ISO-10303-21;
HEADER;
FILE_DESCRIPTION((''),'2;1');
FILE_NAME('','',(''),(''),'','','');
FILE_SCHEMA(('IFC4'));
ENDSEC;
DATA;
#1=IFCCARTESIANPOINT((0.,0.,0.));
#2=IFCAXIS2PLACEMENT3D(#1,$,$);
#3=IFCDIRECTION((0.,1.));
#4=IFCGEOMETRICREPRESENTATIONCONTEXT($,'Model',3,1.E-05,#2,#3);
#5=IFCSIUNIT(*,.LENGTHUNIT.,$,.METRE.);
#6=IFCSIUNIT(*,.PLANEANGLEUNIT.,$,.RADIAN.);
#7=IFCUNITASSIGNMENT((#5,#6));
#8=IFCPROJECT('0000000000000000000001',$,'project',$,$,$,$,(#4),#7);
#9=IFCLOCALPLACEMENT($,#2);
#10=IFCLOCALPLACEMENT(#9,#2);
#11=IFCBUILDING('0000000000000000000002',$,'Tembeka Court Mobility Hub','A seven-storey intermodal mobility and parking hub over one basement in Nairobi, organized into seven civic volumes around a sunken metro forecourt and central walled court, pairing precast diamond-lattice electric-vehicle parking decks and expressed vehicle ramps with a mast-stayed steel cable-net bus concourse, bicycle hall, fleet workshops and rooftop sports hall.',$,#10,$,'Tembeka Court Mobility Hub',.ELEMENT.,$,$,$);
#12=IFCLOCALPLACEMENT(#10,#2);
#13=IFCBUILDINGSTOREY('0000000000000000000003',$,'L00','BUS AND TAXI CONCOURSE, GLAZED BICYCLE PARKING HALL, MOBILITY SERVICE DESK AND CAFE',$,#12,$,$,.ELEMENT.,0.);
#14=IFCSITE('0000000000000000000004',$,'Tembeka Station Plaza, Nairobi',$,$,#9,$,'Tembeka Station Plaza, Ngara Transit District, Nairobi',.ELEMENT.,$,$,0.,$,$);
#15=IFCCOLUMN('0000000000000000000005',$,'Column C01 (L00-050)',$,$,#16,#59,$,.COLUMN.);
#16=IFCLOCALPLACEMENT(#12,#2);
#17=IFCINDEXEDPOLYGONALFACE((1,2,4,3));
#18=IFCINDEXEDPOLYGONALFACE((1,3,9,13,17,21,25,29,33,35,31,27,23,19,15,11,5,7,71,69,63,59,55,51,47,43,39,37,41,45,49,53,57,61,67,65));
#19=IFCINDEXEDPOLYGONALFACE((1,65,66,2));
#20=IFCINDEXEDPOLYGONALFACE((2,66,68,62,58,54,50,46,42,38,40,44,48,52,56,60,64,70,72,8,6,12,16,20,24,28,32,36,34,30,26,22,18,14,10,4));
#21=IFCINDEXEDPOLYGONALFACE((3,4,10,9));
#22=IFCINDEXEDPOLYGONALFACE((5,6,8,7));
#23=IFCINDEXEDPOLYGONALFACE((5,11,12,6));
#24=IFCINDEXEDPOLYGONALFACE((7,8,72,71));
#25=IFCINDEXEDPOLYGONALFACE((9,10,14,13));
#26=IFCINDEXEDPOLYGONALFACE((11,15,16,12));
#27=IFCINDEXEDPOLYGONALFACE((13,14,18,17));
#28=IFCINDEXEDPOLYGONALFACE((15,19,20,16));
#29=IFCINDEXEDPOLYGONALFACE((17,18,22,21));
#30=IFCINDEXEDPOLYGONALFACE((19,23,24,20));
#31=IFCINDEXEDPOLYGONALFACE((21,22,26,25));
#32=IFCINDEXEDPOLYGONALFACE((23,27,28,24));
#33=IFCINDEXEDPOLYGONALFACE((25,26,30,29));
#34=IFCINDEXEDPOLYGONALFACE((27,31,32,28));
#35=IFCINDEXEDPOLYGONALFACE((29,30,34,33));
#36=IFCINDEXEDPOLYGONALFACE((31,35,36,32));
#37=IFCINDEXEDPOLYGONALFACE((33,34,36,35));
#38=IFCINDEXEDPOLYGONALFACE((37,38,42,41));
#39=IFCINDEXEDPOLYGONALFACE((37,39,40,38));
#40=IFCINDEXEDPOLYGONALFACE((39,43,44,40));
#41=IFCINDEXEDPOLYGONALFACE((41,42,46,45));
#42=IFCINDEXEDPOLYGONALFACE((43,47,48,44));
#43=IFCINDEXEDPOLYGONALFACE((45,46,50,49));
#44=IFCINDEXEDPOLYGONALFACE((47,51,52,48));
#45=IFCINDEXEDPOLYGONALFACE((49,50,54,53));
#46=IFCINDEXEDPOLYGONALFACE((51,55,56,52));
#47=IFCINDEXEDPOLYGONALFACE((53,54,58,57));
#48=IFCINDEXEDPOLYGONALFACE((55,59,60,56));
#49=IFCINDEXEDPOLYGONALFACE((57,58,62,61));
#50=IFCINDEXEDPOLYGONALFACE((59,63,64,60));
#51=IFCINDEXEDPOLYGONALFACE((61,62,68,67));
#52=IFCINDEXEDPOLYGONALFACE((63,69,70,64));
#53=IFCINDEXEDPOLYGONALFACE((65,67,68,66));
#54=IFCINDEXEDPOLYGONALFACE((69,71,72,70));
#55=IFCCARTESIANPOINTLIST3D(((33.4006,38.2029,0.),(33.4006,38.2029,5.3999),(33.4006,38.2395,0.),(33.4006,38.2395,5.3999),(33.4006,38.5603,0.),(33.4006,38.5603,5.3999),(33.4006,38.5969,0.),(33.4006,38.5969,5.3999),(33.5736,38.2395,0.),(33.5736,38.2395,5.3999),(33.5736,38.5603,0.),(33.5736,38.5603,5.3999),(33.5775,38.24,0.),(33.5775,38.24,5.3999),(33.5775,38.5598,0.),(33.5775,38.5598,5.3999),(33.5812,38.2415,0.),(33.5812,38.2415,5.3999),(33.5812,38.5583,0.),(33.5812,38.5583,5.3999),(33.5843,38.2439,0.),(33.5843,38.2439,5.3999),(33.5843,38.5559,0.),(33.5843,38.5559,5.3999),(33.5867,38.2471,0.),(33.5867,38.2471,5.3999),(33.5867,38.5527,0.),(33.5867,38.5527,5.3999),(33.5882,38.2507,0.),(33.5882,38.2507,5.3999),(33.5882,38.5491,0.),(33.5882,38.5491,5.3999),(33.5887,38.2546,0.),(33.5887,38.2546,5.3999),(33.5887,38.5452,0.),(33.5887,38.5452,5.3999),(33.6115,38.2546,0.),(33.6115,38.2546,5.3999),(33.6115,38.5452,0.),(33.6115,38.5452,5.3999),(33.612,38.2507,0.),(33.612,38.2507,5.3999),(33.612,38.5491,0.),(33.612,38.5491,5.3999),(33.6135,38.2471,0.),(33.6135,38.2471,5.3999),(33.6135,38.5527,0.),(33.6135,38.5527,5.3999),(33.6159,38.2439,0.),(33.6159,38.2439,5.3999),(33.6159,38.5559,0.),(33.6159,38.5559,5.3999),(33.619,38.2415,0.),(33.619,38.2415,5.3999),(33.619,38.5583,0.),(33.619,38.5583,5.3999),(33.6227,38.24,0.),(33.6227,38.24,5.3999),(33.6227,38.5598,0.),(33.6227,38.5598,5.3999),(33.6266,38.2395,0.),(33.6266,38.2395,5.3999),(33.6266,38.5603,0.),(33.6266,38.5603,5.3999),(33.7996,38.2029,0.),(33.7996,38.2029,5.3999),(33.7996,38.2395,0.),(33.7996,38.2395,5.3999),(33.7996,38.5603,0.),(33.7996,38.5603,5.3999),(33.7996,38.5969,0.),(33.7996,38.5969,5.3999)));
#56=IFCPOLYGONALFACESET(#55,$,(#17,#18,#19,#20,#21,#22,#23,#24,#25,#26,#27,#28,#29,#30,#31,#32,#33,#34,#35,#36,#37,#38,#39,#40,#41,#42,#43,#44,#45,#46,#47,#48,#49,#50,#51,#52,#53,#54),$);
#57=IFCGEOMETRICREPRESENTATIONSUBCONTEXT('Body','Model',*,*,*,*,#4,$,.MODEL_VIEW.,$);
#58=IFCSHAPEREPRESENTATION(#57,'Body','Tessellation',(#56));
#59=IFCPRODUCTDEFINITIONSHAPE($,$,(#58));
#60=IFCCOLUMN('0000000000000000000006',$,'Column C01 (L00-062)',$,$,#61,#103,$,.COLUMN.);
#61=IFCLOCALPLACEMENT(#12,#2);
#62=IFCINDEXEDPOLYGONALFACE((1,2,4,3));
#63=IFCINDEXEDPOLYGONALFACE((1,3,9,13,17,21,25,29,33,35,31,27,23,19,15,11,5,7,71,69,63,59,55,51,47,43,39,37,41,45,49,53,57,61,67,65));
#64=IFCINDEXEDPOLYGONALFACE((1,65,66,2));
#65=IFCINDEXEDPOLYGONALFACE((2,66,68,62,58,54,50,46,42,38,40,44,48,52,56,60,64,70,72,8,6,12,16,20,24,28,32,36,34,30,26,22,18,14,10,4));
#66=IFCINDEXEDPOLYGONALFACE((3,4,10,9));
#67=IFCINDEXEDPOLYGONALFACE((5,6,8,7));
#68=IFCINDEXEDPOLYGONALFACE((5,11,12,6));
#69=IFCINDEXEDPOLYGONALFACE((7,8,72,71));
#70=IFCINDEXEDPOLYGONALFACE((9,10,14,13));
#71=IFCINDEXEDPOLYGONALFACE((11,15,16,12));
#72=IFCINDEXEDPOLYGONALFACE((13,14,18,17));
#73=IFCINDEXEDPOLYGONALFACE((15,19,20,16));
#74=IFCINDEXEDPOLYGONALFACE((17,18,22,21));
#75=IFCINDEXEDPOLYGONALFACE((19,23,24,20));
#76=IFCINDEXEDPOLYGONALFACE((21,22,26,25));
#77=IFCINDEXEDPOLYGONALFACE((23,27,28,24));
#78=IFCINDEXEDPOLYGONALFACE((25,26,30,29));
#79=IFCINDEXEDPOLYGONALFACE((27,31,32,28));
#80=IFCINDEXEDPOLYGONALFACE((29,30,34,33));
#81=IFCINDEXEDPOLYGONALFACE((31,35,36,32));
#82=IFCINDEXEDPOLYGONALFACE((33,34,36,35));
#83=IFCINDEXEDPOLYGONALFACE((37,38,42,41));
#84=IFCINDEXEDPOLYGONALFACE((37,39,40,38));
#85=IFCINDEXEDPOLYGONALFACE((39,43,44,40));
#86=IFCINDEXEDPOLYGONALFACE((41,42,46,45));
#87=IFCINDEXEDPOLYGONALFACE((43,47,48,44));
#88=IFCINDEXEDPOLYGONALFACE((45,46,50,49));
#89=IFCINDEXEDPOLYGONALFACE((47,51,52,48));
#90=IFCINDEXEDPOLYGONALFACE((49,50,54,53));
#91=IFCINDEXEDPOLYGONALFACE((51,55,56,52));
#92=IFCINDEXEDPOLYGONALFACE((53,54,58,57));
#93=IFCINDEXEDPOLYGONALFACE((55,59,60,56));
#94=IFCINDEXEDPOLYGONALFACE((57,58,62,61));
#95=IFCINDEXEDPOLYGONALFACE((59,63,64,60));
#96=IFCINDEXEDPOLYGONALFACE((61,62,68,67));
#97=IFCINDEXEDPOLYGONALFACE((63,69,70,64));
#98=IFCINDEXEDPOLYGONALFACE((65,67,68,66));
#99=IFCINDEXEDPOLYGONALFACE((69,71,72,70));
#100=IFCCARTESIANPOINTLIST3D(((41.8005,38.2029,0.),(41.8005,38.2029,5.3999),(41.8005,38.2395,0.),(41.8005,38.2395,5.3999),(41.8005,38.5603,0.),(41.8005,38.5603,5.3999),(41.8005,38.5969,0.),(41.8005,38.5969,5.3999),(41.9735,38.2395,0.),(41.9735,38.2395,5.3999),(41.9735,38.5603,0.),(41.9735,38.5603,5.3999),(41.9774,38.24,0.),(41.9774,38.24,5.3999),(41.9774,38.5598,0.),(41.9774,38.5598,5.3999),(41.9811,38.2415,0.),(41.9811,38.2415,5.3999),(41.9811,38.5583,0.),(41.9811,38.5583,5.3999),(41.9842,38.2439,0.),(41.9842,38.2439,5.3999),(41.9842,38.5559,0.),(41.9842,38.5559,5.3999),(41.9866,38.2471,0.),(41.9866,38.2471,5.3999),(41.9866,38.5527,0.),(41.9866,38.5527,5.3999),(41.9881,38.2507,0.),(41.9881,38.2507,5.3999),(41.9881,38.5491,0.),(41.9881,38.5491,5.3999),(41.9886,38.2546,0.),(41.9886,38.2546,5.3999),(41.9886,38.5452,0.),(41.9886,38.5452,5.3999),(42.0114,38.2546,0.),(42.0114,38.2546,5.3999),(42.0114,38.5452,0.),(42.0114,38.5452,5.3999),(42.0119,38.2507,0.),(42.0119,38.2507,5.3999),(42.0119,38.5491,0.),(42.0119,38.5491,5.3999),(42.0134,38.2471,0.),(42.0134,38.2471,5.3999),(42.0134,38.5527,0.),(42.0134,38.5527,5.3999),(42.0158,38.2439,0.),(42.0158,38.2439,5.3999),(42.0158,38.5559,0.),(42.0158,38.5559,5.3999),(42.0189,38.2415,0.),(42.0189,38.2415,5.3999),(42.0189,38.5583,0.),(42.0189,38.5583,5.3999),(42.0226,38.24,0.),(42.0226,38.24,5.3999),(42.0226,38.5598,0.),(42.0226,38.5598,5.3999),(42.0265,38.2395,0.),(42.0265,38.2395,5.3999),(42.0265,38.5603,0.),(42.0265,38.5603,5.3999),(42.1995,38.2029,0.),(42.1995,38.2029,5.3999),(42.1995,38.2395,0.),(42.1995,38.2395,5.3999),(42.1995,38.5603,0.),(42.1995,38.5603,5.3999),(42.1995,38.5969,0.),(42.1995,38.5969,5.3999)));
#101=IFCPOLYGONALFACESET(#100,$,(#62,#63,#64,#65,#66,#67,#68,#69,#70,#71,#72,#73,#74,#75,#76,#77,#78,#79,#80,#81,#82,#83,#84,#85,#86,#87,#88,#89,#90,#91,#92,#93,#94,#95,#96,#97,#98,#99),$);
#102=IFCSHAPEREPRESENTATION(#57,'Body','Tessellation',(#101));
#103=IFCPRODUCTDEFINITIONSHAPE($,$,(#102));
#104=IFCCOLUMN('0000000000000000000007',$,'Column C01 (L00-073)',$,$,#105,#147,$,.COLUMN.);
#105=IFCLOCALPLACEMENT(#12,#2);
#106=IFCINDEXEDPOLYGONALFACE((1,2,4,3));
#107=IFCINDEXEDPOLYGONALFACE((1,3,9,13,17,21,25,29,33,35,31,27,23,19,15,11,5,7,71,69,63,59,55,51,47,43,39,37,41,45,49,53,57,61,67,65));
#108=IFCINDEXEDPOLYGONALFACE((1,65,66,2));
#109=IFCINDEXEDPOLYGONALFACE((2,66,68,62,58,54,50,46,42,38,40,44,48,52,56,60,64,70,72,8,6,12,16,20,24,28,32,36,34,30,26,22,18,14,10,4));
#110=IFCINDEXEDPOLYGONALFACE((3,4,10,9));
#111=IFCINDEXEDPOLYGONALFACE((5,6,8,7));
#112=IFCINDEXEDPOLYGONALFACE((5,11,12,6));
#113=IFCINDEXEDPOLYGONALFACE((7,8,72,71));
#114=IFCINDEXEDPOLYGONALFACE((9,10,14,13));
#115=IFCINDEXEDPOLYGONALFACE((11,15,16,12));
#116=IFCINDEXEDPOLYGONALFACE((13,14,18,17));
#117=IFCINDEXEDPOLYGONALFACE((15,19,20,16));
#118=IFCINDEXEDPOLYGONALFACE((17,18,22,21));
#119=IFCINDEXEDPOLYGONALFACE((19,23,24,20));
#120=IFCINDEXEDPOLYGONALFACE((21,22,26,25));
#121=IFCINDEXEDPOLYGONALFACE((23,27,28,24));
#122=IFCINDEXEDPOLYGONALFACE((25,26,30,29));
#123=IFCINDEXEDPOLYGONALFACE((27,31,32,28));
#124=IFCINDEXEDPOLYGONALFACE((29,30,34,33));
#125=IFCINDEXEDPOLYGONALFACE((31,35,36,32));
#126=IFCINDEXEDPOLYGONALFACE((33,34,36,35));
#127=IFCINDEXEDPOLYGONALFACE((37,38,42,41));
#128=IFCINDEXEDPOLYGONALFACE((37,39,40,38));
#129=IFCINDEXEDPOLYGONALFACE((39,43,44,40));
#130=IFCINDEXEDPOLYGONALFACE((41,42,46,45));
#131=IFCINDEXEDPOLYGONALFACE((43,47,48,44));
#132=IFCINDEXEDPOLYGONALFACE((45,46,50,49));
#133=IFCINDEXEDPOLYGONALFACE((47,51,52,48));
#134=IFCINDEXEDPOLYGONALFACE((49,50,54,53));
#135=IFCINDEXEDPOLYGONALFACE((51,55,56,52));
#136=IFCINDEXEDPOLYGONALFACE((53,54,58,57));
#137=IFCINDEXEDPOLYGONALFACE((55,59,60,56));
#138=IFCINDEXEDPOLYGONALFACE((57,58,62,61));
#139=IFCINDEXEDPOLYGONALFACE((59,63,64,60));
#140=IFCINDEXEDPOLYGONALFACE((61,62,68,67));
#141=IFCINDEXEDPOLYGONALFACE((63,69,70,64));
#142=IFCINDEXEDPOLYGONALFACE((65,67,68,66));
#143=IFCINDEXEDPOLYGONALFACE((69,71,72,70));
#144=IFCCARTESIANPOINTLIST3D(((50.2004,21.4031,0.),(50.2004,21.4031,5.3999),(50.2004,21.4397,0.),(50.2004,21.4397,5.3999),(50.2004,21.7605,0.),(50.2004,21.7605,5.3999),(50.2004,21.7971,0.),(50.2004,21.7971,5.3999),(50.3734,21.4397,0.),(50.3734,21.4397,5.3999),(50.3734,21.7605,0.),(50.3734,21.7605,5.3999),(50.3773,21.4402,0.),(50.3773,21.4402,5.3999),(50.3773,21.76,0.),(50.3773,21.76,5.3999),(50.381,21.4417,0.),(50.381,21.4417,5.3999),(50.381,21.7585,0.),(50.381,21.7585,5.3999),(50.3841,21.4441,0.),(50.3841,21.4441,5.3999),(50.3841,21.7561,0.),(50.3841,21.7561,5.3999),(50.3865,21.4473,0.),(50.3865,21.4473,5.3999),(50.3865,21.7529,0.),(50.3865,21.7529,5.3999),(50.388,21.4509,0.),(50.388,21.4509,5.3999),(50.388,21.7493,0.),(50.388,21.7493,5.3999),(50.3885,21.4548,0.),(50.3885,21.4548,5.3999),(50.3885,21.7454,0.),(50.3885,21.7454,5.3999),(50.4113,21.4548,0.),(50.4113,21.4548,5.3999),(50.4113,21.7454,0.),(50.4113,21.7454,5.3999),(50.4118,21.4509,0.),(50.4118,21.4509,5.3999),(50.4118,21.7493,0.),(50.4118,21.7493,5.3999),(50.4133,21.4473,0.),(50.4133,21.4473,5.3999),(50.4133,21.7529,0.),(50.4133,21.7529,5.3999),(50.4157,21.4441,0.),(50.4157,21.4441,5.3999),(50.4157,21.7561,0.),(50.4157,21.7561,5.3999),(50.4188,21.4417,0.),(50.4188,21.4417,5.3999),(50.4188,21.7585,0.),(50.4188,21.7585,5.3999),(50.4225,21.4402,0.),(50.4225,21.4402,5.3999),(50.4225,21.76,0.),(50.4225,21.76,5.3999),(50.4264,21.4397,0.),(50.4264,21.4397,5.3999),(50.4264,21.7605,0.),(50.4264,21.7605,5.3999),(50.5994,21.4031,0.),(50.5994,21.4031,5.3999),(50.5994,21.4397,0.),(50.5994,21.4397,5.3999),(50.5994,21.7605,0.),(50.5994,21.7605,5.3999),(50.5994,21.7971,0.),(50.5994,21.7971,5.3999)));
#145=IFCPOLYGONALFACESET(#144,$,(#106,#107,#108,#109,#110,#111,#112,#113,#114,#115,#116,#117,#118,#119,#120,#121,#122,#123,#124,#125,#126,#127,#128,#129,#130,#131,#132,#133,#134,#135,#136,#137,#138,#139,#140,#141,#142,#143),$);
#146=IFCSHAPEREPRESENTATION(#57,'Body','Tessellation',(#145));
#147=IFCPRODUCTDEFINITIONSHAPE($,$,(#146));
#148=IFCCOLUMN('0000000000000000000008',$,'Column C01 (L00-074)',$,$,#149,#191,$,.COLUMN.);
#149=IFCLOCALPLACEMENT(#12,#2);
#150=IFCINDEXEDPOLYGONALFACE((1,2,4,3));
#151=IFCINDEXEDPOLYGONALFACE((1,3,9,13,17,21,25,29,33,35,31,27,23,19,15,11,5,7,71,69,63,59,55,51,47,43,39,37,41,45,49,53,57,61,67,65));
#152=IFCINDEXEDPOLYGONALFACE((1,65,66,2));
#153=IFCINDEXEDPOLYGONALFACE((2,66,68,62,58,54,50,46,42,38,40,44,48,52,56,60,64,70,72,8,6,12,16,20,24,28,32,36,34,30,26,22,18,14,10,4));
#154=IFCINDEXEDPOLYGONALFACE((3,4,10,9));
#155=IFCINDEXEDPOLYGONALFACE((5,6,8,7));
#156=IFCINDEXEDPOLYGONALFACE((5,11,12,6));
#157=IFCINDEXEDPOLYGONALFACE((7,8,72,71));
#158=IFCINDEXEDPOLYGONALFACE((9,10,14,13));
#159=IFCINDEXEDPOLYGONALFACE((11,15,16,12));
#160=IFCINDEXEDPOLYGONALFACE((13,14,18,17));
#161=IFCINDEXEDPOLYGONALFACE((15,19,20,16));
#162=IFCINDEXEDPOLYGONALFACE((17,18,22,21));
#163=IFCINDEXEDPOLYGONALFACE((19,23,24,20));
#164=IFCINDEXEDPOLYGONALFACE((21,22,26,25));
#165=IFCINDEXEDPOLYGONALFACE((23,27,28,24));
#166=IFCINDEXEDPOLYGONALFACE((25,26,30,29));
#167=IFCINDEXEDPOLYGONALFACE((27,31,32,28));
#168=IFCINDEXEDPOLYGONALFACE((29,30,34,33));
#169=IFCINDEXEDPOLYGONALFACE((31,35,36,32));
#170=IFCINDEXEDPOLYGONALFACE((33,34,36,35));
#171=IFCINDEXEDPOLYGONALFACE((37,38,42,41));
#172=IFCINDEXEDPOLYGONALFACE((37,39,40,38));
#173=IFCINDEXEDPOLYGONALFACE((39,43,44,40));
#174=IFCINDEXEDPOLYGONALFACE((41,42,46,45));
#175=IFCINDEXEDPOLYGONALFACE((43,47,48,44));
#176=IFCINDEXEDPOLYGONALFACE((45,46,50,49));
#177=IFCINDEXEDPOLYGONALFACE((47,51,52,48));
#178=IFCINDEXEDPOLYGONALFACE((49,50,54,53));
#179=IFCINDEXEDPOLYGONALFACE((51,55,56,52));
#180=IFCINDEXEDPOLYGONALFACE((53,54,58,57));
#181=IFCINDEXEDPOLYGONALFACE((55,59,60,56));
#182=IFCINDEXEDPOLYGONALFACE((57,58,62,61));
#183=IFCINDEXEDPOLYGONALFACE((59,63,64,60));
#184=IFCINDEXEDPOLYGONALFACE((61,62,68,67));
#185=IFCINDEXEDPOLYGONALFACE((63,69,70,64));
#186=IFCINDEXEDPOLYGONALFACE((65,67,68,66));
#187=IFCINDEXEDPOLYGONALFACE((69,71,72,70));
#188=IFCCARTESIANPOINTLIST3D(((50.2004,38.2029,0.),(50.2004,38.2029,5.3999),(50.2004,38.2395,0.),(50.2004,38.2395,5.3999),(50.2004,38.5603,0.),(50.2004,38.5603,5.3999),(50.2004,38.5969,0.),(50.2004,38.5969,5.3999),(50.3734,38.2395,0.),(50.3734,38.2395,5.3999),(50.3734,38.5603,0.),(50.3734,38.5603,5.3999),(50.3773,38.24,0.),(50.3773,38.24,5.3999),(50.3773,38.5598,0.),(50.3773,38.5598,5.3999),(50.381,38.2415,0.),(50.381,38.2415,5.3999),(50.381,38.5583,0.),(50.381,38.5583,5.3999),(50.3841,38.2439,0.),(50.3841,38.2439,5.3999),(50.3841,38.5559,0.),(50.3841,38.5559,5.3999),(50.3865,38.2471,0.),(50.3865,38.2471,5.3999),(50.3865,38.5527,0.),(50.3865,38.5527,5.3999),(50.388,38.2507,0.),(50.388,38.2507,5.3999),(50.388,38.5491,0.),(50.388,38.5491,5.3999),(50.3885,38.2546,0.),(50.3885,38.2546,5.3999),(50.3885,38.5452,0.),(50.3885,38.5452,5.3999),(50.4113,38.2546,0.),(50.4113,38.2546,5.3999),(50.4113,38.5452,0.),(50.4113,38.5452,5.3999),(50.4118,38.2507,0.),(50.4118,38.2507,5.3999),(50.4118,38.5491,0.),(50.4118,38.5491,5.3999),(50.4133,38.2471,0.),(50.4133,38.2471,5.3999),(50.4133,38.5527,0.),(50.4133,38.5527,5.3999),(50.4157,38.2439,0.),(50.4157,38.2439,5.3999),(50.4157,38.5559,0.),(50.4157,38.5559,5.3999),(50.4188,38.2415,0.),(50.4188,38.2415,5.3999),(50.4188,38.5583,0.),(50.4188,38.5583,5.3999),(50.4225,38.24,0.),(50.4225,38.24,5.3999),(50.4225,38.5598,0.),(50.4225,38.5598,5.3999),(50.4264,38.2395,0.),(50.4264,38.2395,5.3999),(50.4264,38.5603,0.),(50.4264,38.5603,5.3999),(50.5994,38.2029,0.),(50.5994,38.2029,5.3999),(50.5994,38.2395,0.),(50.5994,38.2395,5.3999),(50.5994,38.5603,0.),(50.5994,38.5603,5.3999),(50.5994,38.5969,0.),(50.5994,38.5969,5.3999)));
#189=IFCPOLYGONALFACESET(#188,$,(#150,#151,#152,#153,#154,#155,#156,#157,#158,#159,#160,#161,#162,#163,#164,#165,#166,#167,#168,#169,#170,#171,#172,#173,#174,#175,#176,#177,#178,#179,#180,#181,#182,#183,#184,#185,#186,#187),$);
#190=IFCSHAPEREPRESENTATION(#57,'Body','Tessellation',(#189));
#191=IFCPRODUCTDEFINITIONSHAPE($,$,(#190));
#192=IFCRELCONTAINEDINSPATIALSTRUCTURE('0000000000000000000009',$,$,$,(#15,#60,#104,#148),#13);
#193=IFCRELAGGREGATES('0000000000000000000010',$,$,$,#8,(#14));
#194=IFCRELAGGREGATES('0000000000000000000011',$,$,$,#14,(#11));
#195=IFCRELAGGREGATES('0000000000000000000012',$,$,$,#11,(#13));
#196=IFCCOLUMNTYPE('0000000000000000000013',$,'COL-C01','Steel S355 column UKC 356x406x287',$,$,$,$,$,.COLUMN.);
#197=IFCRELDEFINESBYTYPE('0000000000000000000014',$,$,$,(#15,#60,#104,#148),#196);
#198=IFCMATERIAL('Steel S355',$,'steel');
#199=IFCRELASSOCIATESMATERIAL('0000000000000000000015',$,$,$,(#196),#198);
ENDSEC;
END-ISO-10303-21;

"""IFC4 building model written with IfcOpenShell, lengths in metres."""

from ifc_helpers import new_model, si_unit, direction, frame, origin, origin_2d, place, context, subcontext, project, spatial, i_section, extrude, material, material_profile, profile_set, type_object, element, save


model = new_model("IFC4")

# Units and contexts
model_context = context("Model", 3, precision=1e-05, world=origin(), true_north=direction((0.0, 1.0)))
body_context = subcontext(model_context, "Body", "Model", "MODEL_VIEW")
ifc_project = project(units=[si_unit("LENGTHUNIT", "METRE"), si_unit("PLANEANGLEUNIT", "RADIAN")], contexts=[model_context])

# Site, building, storey
site_placement = place(None, origin())
site = spatial("IfcSite", under=ifc_project, at=site_placement, Name="Tembeka Station Plaza, Nairobi", LongName="Tembeka Station Plaza, Ngara Transit District, Nairobi", CompositionType="ELEMENT", RefElevation=0.0)
building_placement = place(site_placement, origin())
building = spatial("IfcBuilding", under=site, at=building_placement, Name="Tembeka Court Mobility Hub", Description="A seven-storey intermodal mobility and parking hub over one basement in Nairobi, organized into seven civic volumes around a sunken metro forecourt and central walled court, pairing precast diamond-lattice electric-vehicle parking decks and expressed vehicle ramps with a mast-stayed steel cable-net bus concourse, bicycle hall, fleet workshops and rooftop sports hall.", LongName="Tembeka Court Mobility Hub", CompositionType="ELEMENT")
storey_placement = place(building_placement, origin())
storey = spatial("IfcBuildingStorey", under=building, at=storey_placement, Name="L00", Description="BUS AND TAXI CONCOURSE, GLAZED BICYCLE PARKING HALL, MOBILITY SERVICE DESK AND CAFE", CompositionType="ELEMENT", Elevation=0.0)

# Columns
ifc_material_1 = material(Name="Steel S355", Category="steel")
ifc_material_profile_1 = material_profile(ifc_material_1, i_section(OverallWidth=0.3989, OverallDepth=0.394, WebThickness=0.0227, FlangeThickness=0.0366, FilletRadius=0.0151, at=origin_2d()), Name="UKC 356x406x287")
ifc_profile_set_1 = profile_set([ifc_material_profile_1], Name="Steel S355")
column_type = type_object("IfcColumnType", Name="COL-C01", Description="Steel S355 column UKC 356x406x287", PredefinedType="COLUMN", material=ifc_profile_set_1)
for number, where, z_axis, x_axis, name in (
    (1, (33.6001, 38.3999, 0.0), (0.0, 0.0, 1.0), (1.0, 0.0, 0.0), "Column C01 (L00-050)"),
    (2, (42.0, 38.3999, 0.0), (0.0, 0.0, 1.0), (1.0, 0.0, 0.0), "Column C01 (L00-062)"),
    (3, (50.3999, 21.6001, 0.0), (0.0, 0.0, 1.0), (1.0, 0.0, 0.0), "Column C01 (L00-073)"),
    (4, (50.3999, 38.3999, 0.0), (0.0, 0.0, 1.0), (1.0, 0.0, 0.0), "Column C01 (L00-074)"),
):
    element("IfcColumn", number, at=place(storey_placement, frame(where, z_axis=z_axis, x_axis=x_axis)), inside=storey, type_object=column_type, Name=name, PredefinedType="COLUMN", context=body_context, shape_type="SweptSolid", body=[
        extrude(i_section(OverallWidth=0.3989, OverallDepth=0.394, WebThickness=0.0227, FlangeThickness=0.0366, FilletRadius=0.0151, at=origin_2d()), origin(), (0.0, 0.0, 1.0), 5.3999),
    ])

save(model, "model.ifc")
